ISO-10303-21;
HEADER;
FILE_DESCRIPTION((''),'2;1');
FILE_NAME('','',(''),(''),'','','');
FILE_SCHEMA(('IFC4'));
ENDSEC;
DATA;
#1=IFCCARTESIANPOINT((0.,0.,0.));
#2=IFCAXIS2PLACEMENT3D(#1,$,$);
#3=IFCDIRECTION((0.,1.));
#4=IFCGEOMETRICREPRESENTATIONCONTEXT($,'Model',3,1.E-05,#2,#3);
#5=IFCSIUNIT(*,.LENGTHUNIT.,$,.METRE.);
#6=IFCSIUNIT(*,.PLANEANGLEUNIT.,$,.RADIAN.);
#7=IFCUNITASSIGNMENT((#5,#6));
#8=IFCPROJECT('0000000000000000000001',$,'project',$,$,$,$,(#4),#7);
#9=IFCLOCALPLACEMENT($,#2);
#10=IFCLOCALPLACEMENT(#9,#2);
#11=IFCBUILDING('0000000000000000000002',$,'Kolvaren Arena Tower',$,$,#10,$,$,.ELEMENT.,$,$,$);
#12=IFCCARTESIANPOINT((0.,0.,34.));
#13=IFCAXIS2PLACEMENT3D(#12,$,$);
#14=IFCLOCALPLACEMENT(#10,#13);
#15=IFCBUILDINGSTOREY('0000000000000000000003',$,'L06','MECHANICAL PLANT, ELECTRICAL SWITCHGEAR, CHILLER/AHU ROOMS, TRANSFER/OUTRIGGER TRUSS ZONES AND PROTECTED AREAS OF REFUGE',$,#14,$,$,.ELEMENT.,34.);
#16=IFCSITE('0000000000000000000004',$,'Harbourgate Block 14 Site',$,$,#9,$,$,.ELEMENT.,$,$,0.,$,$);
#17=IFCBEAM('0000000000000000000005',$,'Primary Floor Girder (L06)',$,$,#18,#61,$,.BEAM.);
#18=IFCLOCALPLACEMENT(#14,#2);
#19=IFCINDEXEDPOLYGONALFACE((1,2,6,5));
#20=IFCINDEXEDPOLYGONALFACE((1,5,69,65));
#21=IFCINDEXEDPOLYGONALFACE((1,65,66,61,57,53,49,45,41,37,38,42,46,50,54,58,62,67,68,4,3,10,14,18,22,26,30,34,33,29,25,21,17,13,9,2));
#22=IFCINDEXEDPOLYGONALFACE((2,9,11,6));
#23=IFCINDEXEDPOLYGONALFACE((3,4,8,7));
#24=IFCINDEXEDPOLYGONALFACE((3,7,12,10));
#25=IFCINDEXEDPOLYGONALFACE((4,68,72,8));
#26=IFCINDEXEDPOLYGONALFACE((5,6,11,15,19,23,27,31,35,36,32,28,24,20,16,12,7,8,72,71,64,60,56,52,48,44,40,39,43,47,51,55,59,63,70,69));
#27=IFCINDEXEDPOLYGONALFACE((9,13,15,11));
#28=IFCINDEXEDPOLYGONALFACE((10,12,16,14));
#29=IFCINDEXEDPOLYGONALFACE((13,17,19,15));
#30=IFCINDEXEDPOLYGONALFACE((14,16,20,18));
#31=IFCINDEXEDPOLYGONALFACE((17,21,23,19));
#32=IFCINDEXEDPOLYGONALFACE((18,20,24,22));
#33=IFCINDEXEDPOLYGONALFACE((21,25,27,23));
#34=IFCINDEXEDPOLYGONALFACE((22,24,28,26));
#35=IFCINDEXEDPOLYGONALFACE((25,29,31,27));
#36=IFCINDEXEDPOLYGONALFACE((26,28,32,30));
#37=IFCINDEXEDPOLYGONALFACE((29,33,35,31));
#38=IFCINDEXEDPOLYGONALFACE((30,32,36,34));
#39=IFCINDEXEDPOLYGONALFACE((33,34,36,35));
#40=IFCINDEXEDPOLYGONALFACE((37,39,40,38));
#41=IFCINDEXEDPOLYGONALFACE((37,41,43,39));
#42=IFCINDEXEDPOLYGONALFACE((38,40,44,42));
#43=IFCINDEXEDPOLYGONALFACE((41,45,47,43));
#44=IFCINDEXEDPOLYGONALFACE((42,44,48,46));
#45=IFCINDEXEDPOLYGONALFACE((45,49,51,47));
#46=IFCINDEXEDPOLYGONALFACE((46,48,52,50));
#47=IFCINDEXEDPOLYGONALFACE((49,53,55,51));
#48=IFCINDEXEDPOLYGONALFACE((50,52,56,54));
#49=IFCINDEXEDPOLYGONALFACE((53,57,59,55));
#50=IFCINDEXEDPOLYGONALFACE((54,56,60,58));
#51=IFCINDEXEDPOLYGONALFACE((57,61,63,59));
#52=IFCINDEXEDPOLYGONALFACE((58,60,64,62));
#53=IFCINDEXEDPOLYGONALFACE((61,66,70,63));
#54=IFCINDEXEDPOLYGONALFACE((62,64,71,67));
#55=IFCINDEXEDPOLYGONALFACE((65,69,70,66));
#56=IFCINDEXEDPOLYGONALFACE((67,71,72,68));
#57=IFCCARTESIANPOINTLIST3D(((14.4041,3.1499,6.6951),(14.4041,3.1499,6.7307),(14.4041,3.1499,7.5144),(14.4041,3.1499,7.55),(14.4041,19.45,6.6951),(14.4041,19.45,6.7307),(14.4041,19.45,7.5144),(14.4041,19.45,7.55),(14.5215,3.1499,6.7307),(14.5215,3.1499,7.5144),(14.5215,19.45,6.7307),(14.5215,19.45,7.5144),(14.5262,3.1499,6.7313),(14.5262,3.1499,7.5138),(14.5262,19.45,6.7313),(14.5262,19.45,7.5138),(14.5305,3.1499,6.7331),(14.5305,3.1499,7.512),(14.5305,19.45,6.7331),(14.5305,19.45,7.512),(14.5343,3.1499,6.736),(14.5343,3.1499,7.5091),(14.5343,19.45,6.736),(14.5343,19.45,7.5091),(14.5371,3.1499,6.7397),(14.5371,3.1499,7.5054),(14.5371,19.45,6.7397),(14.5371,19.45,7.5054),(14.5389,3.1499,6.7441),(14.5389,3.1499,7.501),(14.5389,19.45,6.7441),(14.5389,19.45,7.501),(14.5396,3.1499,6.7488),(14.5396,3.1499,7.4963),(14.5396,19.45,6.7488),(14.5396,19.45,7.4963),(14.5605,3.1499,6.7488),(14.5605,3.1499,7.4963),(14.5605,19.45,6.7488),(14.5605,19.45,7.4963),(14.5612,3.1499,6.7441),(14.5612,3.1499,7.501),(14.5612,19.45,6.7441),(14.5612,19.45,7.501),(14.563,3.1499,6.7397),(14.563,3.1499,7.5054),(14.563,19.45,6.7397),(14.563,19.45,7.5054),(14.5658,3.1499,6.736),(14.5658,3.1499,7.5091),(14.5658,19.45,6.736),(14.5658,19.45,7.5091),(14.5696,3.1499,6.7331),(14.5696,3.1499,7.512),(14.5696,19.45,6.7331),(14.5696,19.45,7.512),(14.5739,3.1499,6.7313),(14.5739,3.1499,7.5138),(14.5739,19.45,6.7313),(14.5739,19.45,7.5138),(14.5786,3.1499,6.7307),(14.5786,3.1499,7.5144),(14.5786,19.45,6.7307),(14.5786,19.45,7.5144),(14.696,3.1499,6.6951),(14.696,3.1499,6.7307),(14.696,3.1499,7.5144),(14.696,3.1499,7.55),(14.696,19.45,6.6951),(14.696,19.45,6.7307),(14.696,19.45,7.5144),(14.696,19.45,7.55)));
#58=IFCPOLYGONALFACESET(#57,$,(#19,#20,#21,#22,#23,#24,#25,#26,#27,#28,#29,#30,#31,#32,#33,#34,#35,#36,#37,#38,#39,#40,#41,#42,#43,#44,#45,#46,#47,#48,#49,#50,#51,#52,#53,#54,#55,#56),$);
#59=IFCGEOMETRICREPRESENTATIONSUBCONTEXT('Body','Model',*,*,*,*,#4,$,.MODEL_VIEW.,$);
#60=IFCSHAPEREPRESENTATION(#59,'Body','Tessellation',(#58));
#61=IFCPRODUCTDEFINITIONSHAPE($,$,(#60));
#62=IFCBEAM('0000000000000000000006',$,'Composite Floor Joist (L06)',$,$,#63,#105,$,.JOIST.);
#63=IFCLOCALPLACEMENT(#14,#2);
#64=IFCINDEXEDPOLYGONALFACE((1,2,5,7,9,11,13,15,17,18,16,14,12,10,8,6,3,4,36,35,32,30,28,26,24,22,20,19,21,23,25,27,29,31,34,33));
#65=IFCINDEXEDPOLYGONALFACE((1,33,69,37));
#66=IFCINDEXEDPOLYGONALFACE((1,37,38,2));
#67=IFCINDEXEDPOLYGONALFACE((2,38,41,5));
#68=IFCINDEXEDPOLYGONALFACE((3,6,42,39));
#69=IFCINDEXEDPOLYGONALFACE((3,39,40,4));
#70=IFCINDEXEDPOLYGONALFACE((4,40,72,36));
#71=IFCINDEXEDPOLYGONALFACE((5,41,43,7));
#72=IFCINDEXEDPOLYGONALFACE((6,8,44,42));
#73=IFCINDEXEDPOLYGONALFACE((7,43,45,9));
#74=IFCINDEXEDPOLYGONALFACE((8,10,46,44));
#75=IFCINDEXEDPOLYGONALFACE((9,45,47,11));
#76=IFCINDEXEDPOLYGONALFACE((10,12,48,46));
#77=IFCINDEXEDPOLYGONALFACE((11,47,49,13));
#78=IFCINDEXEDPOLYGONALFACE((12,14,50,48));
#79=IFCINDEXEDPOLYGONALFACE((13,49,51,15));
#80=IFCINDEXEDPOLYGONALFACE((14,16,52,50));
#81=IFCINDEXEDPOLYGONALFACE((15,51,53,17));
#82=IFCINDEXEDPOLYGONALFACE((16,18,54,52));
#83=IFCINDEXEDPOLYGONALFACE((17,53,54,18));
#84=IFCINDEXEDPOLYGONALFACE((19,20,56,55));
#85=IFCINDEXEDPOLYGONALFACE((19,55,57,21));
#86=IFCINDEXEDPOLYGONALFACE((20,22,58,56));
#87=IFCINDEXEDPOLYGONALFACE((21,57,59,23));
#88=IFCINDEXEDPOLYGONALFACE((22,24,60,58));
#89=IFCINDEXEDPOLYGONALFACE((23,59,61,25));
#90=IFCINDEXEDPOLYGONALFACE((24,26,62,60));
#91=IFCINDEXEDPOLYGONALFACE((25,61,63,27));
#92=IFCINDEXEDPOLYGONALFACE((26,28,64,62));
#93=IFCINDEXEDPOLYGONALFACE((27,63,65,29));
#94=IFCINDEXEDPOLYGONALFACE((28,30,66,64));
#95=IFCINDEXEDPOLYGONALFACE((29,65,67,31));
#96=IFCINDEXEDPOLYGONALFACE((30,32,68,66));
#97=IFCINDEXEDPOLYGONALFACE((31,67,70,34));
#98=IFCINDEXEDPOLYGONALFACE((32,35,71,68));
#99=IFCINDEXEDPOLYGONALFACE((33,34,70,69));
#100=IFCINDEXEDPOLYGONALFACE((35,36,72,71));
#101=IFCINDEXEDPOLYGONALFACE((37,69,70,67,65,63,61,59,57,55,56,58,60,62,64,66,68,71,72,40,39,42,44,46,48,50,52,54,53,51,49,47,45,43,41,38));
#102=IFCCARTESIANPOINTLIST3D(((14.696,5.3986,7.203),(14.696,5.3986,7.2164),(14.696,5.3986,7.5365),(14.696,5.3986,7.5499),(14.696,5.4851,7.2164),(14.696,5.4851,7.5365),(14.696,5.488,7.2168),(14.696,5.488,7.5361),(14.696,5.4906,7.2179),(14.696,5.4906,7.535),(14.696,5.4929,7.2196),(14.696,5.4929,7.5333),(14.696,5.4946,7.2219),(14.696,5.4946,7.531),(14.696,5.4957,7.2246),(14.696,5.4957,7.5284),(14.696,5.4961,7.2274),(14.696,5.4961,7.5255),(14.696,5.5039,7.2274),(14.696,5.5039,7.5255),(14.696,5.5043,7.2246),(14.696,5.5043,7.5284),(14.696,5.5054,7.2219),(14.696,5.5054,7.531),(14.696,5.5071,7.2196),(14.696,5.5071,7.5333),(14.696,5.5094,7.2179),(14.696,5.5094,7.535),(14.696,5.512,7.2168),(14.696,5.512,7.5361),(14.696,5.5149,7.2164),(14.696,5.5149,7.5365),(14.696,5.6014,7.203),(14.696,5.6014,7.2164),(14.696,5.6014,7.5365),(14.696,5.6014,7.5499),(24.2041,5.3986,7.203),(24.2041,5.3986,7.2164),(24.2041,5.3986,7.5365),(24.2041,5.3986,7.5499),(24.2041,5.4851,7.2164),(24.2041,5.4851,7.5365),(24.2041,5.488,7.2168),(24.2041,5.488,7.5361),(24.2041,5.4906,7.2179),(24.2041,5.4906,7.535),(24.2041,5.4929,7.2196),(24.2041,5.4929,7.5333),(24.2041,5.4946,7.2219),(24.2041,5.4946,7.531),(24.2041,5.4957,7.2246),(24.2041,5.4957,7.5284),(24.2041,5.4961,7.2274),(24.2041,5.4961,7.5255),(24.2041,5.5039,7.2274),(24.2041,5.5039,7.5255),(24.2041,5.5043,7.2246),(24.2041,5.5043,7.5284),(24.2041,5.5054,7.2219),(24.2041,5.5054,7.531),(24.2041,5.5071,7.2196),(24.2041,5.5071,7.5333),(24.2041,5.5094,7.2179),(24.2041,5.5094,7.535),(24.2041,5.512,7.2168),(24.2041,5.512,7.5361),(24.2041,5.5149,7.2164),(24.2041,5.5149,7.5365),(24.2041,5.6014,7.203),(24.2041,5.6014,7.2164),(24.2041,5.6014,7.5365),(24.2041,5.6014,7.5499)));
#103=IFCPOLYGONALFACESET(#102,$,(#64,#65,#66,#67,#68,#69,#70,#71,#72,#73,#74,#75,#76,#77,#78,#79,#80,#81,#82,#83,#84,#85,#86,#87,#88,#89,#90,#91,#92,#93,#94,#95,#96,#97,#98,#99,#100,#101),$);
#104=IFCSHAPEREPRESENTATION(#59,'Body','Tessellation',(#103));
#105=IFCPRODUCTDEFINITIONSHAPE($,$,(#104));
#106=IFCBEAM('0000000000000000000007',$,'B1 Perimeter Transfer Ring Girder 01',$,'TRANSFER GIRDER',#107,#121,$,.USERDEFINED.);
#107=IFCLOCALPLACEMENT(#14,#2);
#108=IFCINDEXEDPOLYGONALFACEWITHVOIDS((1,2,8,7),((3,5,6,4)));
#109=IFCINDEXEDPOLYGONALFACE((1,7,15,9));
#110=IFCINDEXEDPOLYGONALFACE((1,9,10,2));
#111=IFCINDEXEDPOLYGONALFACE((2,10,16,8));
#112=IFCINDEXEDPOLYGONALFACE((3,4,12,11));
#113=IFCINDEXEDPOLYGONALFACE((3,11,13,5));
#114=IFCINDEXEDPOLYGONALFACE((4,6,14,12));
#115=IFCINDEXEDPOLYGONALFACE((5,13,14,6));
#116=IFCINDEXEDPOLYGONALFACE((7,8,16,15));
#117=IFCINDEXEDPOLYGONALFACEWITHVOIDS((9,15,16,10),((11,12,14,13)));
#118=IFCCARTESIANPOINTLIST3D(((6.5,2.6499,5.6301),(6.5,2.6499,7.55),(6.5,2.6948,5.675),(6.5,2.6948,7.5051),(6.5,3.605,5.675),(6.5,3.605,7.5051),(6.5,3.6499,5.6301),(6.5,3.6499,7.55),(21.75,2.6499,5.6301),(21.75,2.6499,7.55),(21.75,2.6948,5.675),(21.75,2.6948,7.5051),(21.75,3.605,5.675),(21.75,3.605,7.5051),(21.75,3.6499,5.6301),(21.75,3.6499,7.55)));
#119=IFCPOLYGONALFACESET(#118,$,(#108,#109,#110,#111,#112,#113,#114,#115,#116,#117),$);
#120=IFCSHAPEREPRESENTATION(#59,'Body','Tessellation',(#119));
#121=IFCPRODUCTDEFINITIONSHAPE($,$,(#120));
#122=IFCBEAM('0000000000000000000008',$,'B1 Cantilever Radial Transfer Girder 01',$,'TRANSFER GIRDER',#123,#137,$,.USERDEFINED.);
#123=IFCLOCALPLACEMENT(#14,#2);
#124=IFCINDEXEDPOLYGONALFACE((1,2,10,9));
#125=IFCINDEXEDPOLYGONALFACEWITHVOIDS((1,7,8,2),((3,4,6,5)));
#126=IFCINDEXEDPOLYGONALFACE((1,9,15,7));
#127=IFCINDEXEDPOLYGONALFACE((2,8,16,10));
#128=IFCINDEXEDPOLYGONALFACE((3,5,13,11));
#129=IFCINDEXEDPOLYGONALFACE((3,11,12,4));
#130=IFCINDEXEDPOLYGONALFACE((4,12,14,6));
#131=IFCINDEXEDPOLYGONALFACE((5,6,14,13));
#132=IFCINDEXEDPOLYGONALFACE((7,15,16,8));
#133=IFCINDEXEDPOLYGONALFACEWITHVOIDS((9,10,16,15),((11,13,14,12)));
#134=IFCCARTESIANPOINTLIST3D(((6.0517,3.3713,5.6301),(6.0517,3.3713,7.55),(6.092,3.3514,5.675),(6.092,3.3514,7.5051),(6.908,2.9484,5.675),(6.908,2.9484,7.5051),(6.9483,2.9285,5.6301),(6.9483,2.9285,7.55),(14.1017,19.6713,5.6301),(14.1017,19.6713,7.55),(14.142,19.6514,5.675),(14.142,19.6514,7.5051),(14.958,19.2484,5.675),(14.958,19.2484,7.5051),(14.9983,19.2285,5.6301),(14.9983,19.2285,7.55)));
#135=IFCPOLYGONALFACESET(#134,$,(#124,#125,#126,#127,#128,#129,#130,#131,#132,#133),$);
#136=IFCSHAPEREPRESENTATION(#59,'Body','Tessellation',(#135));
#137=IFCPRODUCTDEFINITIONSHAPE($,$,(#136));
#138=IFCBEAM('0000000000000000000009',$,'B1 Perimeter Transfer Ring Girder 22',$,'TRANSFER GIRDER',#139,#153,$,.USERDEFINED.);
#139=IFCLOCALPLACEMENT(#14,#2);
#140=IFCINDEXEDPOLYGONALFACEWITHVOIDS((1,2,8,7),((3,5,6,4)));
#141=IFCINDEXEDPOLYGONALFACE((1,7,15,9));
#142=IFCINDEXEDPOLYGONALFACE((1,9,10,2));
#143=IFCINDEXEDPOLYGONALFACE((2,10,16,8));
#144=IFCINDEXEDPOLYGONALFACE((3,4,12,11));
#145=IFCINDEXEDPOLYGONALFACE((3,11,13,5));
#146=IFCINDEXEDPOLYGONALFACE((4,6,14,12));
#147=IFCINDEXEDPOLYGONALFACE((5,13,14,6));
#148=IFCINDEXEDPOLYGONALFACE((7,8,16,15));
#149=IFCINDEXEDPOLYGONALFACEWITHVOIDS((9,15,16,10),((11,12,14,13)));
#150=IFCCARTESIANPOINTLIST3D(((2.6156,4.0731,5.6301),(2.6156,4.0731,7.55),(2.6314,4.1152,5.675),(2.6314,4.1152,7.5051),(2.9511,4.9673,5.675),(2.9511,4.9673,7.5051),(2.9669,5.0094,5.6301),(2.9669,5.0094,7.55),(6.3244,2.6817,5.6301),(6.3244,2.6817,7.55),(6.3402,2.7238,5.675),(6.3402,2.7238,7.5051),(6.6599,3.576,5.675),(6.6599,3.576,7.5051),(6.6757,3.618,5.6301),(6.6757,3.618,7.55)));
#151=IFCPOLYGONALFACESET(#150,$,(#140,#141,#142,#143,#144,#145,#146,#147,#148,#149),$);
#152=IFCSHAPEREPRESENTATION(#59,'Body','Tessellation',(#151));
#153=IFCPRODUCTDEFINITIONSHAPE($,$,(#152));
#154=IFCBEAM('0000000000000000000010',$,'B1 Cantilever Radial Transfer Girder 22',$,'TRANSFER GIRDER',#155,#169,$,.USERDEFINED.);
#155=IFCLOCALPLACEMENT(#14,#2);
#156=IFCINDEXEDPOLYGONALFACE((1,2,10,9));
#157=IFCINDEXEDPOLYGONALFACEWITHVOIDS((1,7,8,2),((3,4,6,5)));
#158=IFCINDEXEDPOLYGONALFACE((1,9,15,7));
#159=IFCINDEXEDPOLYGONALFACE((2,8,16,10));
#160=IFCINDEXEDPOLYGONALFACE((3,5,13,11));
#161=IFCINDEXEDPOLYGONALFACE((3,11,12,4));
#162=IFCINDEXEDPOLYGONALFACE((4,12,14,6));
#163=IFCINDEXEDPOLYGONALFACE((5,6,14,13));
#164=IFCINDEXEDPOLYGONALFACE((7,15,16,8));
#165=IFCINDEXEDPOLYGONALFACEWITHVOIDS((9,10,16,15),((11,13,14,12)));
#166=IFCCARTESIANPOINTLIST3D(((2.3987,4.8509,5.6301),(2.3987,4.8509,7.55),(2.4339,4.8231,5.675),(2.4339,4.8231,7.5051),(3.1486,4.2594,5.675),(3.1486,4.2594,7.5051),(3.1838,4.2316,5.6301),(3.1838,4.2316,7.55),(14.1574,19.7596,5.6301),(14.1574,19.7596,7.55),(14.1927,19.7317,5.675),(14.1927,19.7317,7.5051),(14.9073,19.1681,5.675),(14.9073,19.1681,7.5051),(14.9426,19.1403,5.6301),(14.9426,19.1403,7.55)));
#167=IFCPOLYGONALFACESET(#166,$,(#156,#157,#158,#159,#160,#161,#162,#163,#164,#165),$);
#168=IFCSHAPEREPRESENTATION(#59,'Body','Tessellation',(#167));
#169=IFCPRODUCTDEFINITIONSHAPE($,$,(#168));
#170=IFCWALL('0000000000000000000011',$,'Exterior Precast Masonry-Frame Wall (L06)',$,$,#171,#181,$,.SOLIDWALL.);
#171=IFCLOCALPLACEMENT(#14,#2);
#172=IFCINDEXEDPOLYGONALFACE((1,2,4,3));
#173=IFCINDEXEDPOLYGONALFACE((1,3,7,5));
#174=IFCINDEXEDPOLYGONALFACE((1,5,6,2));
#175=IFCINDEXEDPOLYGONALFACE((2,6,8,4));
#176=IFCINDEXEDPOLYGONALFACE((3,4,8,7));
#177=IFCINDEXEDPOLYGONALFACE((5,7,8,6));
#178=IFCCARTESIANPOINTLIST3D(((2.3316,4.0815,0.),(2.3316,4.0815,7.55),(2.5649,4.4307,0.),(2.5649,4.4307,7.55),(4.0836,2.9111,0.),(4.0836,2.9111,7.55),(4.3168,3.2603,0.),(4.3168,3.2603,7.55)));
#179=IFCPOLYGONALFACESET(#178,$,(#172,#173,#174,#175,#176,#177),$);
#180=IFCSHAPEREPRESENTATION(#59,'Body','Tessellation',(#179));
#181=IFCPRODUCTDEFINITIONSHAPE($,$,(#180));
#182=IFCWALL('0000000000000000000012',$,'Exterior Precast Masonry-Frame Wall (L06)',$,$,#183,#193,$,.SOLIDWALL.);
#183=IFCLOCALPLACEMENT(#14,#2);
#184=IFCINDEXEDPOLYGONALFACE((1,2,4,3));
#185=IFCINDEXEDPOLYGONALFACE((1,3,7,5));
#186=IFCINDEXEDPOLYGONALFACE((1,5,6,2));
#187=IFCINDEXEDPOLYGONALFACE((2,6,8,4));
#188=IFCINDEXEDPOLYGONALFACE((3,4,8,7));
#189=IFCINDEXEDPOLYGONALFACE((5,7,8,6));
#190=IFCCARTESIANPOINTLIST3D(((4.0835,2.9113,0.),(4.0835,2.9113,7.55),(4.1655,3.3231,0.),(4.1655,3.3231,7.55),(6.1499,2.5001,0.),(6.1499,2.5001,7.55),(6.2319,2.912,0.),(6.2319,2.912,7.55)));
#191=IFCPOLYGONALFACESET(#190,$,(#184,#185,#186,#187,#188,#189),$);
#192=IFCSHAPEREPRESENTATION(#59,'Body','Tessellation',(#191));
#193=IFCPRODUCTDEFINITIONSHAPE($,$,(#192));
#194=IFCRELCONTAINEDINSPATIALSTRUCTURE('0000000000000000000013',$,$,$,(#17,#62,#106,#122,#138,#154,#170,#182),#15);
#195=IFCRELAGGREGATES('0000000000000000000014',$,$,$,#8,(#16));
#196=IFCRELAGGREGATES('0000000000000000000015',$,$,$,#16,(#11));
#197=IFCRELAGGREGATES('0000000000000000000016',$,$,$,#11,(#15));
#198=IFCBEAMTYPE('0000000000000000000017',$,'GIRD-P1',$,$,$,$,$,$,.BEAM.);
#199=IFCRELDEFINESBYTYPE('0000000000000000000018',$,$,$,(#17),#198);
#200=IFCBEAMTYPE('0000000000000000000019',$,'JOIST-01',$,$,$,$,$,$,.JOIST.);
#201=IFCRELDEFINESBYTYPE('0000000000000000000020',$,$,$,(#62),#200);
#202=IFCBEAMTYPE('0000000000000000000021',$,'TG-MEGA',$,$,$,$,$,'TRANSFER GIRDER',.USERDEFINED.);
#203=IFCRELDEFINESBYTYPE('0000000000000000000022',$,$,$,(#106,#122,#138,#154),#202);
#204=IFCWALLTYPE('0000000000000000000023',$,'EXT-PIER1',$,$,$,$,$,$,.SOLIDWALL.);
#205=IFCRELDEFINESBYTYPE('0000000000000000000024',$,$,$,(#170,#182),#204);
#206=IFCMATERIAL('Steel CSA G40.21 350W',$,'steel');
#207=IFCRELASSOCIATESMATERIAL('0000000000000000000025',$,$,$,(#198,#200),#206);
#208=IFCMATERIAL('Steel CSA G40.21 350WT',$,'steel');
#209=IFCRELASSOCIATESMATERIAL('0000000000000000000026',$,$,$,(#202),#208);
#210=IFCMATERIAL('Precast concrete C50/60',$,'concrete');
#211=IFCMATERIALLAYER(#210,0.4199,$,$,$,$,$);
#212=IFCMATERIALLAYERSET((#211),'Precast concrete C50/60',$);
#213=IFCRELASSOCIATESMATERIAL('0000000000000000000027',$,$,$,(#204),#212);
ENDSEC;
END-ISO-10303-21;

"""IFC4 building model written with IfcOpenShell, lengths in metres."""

from ifc_helpers import new_model, si_unit, direction, frame, frame_2d, origin, origin_2d, place, context, subcontext, project, spatial, rectangle, hollow_rectangle, i_section, extrude, material, layer, layer_set, material_profile, profile_set, type_object, element, save


model = new_model("IFC4")

# Units and contexts
model_context = context("Model", 3, precision=1e-05, world=origin(), true_north=direction((0.0, 1.0)))
body_context = subcontext(model_context, "Body", "Model", "MODEL_VIEW")
ifc_project = project(units=[si_unit("LENGTHUNIT", "METRE"), si_unit("PLANEANGLEUNIT", "RADIAN")], contexts=[model_context])

# Site, building, storey
site_placement = place(None, origin())
site = spatial("IfcSite", under=ifc_project, at=site_placement, Name="Harbourgate Block 14 Site", CompositionType="ELEMENT", RefElevation=0.0)
building_placement = place(site_placement, origin())
building = spatial("IfcBuilding", under=site, at=building_placement, Name="Kolvaren Arena Tower", CompositionType="ELEMENT")
storey_placement = place(building_placement, frame((0.0, 0.0, 34.0)))
storey = spatial("IfcBuildingStorey", under=building, at=storey_placement, Name="L06", Description="MECHANICAL PLANT, ELECTRICAL SWITCHGEAR, CHILLER/AHU ROOMS, TRANSFER/OUTRIGGER TRUSS ZONES AND PROTECTED AREAS OF REFUGE", CompositionType="ELEMENT", Elevation=34.0)

# Shared definitions
ifc_material_1 = material(Name="Steel CSA G40.21 350WT", Category="steel")

# Beams
ifc_material_2 = material(Name="Steel CSA G40.21 350W", Category="steel")
ifc_material_profile_1 = material_profile(ifc_material_2, i_section(OverallWidth=0.292, OverallDepth=0.855, WebThickness=0.021, FlangeThickness=0.0356, FilletRadius=0.0181, at=origin_2d()), Name="W840x299")
ifc_profile_set_1 = profile_set([ifc_material_profile_1], Name="Steel CSA G40.21 350W")
beam_type_1 = type_object("IfcBeamType", Name="GIRD-P1", PredefinedType="BEAM", material=ifc_profile_set_1)
beam_1_placement = place(storey_placement, frame((14.55, 3.1499, 7.1226), z_axis=(0.0, 1.0, 0.0), x_axis=(-1.0, 0.0, 0.0)))
element("IfcBeam", 1, at=beam_1_placement, inside=storey, type_object=beam_type_1, Name="Primary Floor Girder (L06)", PredefinedType="BEAM", context=body_context, shape_type="SweptSolid", body=[
    extrude(i_section(OverallWidth=0.292, OverallDepth=0.855, WebThickness=0.021, FlangeThickness=0.0356, FilletRadius=0.0181, at=origin_2d()), origin(), (0.0, 0.0, 1.0), 16.3),
])
ifc_material_profile_2 = material_profile(ifc_material_2, i_section(OverallWidth=0.2029, OverallDepth=0.3469, WebThickness=0.0078, FlangeThickness=0.0134, FilletRadius=0.011, at=origin_2d()), Name="W360x64")
ifc_profile_set_2 = profile_set([ifc_material_profile_2], Name="Steel CSA G40.21 350W")
beam_type_2 = type_object("IfcBeamType", Name="JOIST-01", PredefinedType="JOIST", material=ifc_profile_set_2)
beam_2_placement = place(storey_placement, frame((14.696, 5.5, 7.3765), z_axis=(1.0, 0.0, 0.0), x_axis=(0.0, 1.0, 0.0)))
element("IfcBeam", 2, at=beam_2_placement, inside=storey, type_object=beam_type_2, Name="Composite Floor Joist (L06)", PredefinedType="JOIST", context=body_context, shape_type="SweptSolid", body=[
    extrude(i_section(OverallWidth=0.2029, OverallDepth=0.3469, WebThickness=0.0078, FlangeThickness=0.0134, FilletRadius=0.011, at=origin_2d()), origin(), (0.0, 0.0, 1.0), 9.5081),
])
ifc_material_profile_3 = material_profile(ifc_material_1, hollow_rectangle(XDim=1.0, YDim=1.9199, WallThickness=0.0449, at=origin_2d()), Name="BOX 1000x1920x45")
ifc_profile_set_3 = profile_set([ifc_material_profile_3], Name="Steel CSA G40.21 350WT")
beam_type_3 = type_object("IfcBeamType", Name="TG-MEGA", ElementType="TRANSFER GIRDER", PredefinedType="USERDEFINED", material=ifc_profile_set_3)
beam_3_placement = place(storey_placement, frame((6.5, 3.1499, 6.5901), z_axis=(1.0, 0.0, 0.0), x_axis=(0.0, 1.0, 0.0)))
element("IfcBeam", 3, at=beam_3_placement, inside=storey, type_object=beam_type_3, Name="B1 Perimeter Transfer Ring Girder 01", ObjectType="TRANSFER GIRDER", PredefinedType="USERDEFINED", context=body_context, shape_type="SweptSolid", body=[
    extrude(hollow_rectangle(XDim=1.0, YDim=1.9199, WallThickness=0.0449, at=origin_2d()), origin(), (0.0, 0.0, 1.0), 15.25),
])
beam_4_placement = place(storey_placement, frame((6.5, 3.1499, 6.5901), z_axis=(0.442809, 0.896616, 0.0), x_axis=(-0.896616, 0.442809, 0.0)))
element("IfcBeam", 4, at=beam_4_placement, inside=storey, type_object=beam_type_3, Name="B1 Cantilever Radial Transfer Girder 01", ObjectType="TRANSFER GIRDER", PredefinedType="USERDEFINED", context=body_context, shape_type="SweptSolid", body=[
    extrude(hollow_rectangle(XDim=1.0, YDim=1.9199, WallThickness=0.0449, at=origin_2d()), origin(), (0.0, 0.0, 1.0), 18.1794),
])
beam_5_placement = place(storey_placement, frame((2.7913, 4.5413, 6.5901), z_axis=(0.936281, -0.351252, 0.0), x_axis=(0.351252, 0.936281, 0.0)))
element("IfcBeam", 5, at=beam_5_placement, inside=storey, type_object=beam_type_3, Name="B1 Perimeter Transfer Ring Girder 22", ObjectType="TRANSFER GIRDER", PredefinedType="USERDEFINED", context=body_context, shape_type="SweptSolid", body=[
    extrude(hollow_rectangle(XDim=1.0, YDim=1.9199, WallThickness=0.0449, at=origin_2d()), origin(), (0.0, 0.0, 1.0), 3.9612),
])
beam_6_placement = place(storey_placement, frame((2.7913, 4.5413, 6.5901), z_axis=(0.61928, 0.78517, 0.0), x_axis=(-0.78517, 0.61928, 0.0)))
element("IfcBeam", 6, at=beam_6_placement, inside=storey, type_object=beam_type_3, Name="B1 Cantilever Radial Transfer Girder 22", ObjectType="TRANSFER GIRDER", PredefinedType="USERDEFINED", context=body_context, shape_type="SweptSolid", body=[
    extrude(hollow_rectangle(XDim=1.0, YDim=1.9199, WallThickness=0.0449, at=origin_2d()), origin(), (0.0, 0.0, 1.0), 18.9878),
])

# Walls
ifc_material_3 = material(Name="Precast concrete C50/60", Category="concrete")
ifc_layer_1 = layer(ifc_material_3, 0.4199)
ifc_layer_set_1 = layer_set([ifc_layer_1], Name="Precast concrete C50/60")
wall_type_1 = type_object("IfcWallType", Name="EXT-PIER1", PredefinedType="SOLIDWALL", material=ifc_layer_set_1)
for number, where, z_axis, x_axis, name in (
    (7, (4.2002, 3.0857, 0.0), (0.0, 0.0, 1.0), (-0.831515, 0.555502, 0.0), "Exterior Precast Masonry-Frame Wall (L06)"),
    (8, (6.1909, 2.7061, 0.0), (0.0, 0.0, 1.0), (-0.980776, 0.195136, 0.0), "Exterior Precast Masonry-Frame Wall (L06)"),
):
    element("IfcWall", number, at=place(storey_placement, frame(where, z_axis=z_axis, x_axis=x_axis)), inside=storey, type_object=wall_type_1, Name=name, PredefinedType="SOLIDWALL", context=body_context, shape_type="SweptSolid", body=[
        extrude(rectangle(XDim=2.1069, YDim=0.4199, at=frame_2d((1.0535, 0.0))), origin(), (0.0, 0.0, 1.0), 7.55),
    ])

save(model, "model.ifc")
